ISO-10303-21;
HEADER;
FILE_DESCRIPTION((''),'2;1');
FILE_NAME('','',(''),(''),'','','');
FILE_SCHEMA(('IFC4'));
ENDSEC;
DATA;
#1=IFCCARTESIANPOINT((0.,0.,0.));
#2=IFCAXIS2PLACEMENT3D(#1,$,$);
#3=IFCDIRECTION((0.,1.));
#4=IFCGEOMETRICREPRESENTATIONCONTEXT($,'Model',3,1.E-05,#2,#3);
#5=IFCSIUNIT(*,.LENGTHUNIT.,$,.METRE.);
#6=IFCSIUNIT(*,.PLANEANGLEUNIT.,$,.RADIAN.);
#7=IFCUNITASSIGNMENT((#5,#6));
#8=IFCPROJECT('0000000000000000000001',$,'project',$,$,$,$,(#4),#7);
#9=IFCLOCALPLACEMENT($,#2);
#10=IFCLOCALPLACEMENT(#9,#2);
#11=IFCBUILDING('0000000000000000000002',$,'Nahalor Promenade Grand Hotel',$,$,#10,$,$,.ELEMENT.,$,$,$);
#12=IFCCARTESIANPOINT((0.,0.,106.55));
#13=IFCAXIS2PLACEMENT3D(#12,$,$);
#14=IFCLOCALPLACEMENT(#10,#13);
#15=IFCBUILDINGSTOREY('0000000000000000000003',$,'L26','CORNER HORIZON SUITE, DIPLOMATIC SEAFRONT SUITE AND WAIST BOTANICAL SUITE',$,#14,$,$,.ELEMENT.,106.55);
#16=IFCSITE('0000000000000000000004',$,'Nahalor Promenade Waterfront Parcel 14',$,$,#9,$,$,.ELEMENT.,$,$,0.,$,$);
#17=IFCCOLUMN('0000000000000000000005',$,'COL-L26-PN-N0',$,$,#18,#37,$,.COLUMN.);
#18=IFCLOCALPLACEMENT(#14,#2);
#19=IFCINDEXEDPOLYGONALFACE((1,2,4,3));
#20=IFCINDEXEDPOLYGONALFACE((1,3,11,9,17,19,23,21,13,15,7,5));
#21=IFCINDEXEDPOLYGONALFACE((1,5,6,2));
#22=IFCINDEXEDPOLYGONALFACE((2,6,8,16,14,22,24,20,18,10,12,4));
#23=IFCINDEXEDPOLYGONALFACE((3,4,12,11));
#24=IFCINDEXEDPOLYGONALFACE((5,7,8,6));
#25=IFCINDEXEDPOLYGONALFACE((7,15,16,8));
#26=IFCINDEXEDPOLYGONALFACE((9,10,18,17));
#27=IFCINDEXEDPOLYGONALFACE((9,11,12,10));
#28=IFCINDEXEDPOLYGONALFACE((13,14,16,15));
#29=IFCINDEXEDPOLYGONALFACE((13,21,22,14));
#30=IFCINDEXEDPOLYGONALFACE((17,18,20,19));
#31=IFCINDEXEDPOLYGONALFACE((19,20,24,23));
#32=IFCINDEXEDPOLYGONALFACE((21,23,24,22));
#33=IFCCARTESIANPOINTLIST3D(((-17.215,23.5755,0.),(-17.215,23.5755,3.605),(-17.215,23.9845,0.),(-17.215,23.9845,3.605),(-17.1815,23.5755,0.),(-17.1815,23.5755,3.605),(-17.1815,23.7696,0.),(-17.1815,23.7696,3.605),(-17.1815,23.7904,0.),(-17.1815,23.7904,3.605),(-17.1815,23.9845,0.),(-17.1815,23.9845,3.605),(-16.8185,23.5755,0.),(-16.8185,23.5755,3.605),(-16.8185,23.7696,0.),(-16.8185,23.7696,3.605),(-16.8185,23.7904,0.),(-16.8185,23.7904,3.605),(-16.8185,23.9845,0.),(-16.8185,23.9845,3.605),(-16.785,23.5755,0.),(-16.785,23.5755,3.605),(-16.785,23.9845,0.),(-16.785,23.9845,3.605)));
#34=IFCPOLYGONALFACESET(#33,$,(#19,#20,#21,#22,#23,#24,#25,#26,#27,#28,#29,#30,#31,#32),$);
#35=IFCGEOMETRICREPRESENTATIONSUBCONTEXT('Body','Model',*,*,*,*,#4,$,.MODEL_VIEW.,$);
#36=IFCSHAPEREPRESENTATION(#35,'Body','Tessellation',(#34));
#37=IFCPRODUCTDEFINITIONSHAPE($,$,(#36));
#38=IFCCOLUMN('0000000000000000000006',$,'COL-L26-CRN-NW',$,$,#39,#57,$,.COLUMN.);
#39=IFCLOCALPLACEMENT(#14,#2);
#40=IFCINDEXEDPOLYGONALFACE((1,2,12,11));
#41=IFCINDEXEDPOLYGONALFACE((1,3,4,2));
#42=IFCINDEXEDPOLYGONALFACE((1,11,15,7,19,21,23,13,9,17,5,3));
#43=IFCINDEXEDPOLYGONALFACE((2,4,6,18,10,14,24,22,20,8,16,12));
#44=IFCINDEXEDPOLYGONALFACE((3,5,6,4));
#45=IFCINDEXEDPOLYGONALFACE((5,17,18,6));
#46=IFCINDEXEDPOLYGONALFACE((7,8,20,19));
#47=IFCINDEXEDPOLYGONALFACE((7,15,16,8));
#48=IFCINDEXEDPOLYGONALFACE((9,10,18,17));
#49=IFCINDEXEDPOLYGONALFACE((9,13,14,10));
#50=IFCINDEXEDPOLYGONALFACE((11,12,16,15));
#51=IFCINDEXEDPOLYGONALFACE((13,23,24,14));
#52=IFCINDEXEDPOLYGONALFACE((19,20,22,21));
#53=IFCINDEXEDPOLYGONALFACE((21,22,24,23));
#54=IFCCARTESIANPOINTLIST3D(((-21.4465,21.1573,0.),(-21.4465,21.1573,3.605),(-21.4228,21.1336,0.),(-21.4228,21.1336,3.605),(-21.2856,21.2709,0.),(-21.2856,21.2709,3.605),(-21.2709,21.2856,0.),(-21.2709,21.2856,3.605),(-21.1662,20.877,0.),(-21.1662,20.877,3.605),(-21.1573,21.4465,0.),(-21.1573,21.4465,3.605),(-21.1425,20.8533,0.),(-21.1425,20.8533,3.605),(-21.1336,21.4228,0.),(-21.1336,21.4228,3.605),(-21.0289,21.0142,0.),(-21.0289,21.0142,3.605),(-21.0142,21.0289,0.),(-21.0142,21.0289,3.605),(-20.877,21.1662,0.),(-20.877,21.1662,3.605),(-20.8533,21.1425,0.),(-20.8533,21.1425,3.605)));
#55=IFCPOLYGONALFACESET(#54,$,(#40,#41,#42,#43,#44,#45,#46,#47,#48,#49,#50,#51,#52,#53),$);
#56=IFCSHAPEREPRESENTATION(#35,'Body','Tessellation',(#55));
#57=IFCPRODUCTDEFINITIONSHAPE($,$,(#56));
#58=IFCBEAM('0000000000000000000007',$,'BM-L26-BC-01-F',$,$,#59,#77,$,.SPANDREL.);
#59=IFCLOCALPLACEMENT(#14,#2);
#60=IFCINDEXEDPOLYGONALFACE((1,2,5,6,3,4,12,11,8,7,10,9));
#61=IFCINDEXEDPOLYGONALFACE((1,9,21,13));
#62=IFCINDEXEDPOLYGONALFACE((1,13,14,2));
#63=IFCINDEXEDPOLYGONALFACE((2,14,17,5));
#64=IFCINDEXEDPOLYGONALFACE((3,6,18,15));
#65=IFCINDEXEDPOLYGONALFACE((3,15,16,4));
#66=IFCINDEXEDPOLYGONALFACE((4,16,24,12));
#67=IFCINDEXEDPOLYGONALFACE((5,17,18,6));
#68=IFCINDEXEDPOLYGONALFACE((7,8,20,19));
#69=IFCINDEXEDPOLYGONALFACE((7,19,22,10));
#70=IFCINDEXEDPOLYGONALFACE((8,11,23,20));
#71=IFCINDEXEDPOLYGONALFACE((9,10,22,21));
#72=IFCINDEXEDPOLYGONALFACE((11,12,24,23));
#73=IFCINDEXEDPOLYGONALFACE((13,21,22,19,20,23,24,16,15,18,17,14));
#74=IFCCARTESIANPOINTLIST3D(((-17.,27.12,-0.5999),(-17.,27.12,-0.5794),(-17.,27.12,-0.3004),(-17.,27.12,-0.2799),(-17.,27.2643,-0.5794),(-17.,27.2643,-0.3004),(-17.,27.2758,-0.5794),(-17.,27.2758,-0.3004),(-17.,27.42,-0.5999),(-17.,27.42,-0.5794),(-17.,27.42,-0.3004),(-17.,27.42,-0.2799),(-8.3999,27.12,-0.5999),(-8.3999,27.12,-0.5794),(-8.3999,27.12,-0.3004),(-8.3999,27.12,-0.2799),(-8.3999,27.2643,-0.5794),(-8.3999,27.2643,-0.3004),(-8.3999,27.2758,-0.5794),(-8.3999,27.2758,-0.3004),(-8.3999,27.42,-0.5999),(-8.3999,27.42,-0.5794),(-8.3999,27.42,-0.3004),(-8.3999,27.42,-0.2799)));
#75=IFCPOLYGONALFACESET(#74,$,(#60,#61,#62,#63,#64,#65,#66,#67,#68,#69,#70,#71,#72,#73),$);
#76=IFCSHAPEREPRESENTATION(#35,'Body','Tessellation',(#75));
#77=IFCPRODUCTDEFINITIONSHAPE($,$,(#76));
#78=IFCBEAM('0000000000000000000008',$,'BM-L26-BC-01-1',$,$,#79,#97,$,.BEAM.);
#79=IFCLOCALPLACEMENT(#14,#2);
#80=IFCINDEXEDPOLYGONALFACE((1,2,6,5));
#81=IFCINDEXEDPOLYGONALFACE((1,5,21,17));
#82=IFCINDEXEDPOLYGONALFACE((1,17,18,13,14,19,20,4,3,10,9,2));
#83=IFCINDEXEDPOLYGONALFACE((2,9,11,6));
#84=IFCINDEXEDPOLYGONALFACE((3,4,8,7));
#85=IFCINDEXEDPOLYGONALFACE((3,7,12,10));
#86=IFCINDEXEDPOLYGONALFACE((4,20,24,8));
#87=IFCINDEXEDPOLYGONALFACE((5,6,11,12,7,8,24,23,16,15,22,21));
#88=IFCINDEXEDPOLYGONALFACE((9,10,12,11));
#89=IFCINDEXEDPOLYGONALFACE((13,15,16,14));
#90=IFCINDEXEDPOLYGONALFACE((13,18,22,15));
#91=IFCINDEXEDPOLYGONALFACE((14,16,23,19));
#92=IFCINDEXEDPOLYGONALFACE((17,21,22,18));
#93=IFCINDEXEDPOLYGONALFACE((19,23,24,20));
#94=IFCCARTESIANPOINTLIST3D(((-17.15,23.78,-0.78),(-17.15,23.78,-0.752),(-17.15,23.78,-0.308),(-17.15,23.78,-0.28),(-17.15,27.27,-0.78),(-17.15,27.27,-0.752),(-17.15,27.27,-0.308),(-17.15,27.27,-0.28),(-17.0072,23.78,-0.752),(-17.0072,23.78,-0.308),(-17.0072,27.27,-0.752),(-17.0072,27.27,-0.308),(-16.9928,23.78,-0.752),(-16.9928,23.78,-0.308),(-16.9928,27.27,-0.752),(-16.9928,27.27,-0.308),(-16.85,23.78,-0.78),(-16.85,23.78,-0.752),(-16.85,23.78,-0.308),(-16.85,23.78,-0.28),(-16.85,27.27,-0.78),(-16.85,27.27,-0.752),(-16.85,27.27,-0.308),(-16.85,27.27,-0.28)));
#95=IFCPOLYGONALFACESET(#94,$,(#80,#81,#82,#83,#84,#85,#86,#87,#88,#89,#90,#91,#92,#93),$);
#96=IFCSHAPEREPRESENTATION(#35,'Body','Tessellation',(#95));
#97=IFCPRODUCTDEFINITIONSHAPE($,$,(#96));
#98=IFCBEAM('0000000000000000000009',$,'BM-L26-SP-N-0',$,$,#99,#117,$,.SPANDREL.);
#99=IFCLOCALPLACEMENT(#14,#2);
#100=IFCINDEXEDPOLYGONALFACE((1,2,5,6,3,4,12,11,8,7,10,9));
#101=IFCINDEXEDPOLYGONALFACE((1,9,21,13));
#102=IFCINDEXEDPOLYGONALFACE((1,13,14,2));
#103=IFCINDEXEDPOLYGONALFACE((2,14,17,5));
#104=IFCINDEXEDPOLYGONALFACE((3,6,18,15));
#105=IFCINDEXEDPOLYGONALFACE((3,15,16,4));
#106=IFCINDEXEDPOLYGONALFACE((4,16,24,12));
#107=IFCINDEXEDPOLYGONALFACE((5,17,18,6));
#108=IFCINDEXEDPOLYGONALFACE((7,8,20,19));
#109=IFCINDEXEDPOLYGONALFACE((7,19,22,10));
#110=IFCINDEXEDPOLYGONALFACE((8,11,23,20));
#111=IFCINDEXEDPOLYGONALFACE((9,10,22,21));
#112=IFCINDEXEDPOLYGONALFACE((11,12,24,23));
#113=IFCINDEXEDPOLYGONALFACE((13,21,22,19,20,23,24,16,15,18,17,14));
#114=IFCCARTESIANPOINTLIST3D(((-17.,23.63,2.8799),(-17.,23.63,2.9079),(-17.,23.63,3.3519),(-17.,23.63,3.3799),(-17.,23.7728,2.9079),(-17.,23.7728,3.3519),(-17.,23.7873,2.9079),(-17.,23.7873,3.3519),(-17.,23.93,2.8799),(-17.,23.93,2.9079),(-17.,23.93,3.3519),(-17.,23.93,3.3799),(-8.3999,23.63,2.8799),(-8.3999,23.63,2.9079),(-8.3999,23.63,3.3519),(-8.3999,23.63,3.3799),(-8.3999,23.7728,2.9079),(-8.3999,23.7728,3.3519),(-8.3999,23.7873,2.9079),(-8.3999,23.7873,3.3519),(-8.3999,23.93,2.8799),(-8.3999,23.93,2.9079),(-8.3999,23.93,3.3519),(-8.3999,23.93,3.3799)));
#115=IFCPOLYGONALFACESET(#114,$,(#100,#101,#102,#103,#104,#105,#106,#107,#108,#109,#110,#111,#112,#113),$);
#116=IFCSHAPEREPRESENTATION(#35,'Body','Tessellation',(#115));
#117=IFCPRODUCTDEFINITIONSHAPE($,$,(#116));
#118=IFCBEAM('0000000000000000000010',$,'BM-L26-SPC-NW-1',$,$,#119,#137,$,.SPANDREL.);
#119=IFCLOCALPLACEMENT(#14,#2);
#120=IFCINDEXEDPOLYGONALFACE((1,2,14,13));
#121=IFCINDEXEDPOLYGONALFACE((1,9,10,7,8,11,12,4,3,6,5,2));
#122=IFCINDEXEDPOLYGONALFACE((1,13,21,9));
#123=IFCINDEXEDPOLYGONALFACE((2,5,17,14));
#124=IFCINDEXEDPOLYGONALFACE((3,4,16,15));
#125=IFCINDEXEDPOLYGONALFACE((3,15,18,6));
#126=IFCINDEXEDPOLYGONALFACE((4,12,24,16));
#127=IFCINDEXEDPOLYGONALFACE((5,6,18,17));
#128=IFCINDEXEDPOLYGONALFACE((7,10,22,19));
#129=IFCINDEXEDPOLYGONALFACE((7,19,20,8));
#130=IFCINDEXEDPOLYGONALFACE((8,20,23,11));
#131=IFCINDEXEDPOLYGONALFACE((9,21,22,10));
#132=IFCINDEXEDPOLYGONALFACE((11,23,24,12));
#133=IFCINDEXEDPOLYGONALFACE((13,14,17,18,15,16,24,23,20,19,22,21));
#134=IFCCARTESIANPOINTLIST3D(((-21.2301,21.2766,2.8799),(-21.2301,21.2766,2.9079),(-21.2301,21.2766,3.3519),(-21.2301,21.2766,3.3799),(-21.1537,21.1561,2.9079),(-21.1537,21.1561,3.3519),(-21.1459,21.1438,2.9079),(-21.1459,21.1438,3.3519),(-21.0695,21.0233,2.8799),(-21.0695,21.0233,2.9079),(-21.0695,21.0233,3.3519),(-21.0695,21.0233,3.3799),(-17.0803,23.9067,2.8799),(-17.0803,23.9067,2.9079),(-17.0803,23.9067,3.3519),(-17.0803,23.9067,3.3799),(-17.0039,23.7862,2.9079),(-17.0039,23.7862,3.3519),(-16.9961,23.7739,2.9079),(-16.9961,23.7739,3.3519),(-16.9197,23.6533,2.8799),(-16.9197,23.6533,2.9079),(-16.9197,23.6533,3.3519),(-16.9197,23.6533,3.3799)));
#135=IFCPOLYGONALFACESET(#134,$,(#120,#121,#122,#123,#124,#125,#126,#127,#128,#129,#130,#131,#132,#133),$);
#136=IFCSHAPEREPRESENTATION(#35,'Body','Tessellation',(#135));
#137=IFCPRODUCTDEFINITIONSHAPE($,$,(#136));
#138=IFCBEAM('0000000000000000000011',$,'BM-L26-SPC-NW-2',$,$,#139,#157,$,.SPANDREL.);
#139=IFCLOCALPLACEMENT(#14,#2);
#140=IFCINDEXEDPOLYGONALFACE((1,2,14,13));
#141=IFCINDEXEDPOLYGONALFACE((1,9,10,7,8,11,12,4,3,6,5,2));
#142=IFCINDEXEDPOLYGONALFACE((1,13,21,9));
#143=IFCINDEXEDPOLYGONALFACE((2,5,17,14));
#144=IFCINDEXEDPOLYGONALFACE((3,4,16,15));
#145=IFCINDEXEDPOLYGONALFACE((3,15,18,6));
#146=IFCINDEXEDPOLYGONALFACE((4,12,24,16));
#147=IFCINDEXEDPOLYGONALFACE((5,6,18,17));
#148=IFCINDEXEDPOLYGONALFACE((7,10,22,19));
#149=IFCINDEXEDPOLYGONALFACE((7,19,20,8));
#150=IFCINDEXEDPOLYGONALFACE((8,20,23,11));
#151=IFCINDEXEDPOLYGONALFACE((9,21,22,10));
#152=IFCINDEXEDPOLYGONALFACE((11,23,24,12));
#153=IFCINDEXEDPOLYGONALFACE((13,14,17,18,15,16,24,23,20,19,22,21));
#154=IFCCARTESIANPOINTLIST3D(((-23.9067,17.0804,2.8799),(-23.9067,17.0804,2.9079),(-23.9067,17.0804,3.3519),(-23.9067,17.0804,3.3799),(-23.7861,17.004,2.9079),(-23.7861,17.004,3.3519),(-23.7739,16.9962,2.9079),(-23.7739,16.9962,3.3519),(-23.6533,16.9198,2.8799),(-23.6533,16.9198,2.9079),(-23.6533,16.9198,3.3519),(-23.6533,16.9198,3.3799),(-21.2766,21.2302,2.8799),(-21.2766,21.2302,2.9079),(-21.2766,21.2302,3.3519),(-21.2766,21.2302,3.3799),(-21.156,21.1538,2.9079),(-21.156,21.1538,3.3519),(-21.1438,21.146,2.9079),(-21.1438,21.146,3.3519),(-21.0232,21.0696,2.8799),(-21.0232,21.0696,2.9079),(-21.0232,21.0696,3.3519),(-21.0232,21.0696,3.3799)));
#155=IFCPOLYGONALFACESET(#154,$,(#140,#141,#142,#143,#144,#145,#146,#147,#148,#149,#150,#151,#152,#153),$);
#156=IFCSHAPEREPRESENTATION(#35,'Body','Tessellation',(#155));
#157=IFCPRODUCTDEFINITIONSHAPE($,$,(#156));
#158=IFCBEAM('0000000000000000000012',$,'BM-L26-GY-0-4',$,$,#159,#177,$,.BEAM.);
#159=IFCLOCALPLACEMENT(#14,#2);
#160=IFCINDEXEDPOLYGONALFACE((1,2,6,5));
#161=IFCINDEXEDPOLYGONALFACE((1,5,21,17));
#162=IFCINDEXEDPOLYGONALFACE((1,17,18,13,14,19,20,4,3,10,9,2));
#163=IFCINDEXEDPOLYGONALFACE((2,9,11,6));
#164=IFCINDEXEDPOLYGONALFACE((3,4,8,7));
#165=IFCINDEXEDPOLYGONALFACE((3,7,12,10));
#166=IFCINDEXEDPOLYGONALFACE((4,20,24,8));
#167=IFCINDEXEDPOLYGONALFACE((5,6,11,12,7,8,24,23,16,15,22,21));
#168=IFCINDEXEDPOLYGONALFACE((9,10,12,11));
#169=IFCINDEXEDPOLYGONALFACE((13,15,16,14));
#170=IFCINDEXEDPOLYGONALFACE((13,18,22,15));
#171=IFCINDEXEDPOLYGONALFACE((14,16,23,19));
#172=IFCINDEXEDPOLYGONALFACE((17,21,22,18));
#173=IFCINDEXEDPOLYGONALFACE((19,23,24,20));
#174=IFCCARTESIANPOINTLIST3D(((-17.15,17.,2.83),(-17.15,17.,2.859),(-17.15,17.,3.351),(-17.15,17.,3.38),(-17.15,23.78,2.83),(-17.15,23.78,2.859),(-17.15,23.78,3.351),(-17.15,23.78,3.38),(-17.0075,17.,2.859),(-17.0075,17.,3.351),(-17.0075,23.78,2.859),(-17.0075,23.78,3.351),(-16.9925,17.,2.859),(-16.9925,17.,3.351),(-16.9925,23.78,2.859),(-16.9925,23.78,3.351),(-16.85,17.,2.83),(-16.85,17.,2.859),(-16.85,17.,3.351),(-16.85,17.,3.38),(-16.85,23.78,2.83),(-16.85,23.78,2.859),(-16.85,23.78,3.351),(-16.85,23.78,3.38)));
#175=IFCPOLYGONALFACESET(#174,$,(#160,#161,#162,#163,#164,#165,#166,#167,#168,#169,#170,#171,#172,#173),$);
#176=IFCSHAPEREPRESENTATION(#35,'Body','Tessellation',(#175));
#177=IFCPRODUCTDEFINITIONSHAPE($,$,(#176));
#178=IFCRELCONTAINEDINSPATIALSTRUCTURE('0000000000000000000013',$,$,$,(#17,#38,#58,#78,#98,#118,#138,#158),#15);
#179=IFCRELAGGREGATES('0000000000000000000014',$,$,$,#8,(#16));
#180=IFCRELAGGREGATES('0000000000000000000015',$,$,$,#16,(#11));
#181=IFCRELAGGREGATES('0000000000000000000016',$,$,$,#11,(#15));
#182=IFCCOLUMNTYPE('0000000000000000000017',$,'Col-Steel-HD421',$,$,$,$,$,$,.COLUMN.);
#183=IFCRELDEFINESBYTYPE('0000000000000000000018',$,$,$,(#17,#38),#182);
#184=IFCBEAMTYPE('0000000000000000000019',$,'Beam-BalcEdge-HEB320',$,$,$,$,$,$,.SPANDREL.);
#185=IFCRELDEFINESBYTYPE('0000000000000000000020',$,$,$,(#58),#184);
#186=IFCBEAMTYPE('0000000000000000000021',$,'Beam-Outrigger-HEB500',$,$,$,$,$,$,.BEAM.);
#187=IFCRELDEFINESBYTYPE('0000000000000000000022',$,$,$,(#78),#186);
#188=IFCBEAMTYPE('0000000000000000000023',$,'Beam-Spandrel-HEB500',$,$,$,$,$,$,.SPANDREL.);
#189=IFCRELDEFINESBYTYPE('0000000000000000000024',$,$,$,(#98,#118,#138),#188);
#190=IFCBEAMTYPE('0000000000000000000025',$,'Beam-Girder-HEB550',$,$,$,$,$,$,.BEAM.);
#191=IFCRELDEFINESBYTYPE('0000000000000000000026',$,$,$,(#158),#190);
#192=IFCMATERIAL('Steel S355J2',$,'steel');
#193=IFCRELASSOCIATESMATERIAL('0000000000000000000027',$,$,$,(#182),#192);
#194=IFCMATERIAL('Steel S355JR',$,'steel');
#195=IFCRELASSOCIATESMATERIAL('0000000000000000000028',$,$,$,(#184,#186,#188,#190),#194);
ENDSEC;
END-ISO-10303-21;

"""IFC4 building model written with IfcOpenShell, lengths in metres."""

from ifc_helpers import new_model, si_unit, direction, frame, origin, origin_2d, place, context, subcontext, project, spatial, i_section, extrude, source, transform, mapped, material, material_profile, profile_set, type_object, element, save


model = new_model("IFC4")

# Units and contexts
model_context = context("Model", 3, precision=1e-05, world=origin(), true_north=direction((0.0, 1.0)))
body_context = subcontext(model_context, "Body", "Model", "MODEL_VIEW")
ifc_project = project(units=[si_unit("LENGTHUNIT", "METRE"), si_unit("PLANEANGLEUNIT", "RADIAN")], contexts=[model_context])

# Site, building, storey
site_placement = place(None, origin())
site = spatial("IfcSite", under=ifc_project, at=site_placement, Name="Nahalor Promenade Waterfront Parcel 14", CompositionType="ELEMENT", RefElevation=0.0)
building_placement = place(site_placement, origin())
building = spatial("IfcBuilding", under=site, at=building_placement, Name="Nahalor Promenade Grand Hotel", CompositionType="ELEMENT")
storey_placement = place(building_placement, frame((0.0, 0.0, 106.55)))
storey = spatial("IfcBuildingStorey", under=building, at=storey_placement, Name="L26", Description="CORNER HORIZON SUITE, DIPLOMATIC SEAFRONT SUITE AND WAIST BOTANICAL SUITE", CompositionType="ELEMENT", Elevation=106.55)

# Columns
ifc_material_1 = material(Name="Steel S355J2", Category="steel")
ifc_material_profile_1 = material_profile(ifc_material_1, i_section(OverallWidth=0.409, OverallDepth=0.43, WebThickness=0.0208, FlangeThickness=0.0335, at=origin_2d()), Name="HD 400x421")
ifc_profile_set_1 = profile_set([ifc_material_profile_1], Name="Steel S355J2")
column_type = type_object("IfcColumnType", Name="Col-Steel-HD421", PredefinedType="COLUMN", material=ifc_profile_set_1)
shared_shape_1 = source(origin(), body_context, "Body", "SweptSolid", [
    extrude(i_section(OverallWidth=0.409, OverallDepth=0.43, WebThickness=0.0208, FlangeThickness=0.0335, at=origin_2d()), origin(), (0.0, 0.0, 1.0), 3.605),
])
for number, where, z_axis, x_axis, name in (
    (1, (-17.0, 23.78, 0.0), (0.0, 0.0, 1.0), (0.0, 1.0, 0.0), "COL-L26-PN-N0"),
    (2, (-21.1499, 21.1499, 0.0), (0.0, 0.0, 1.0), (0.707107, 0.707107, 0.0), "COL-L26-CRN-NW"),
):
    element("IfcColumn", number, at=place(storey_placement, frame(where, z_axis=z_axis, x_axis=x_axis)), inside=storey, type_object=column_type, Name=name, PredefinedType="COLUMN", context=body_context, shape_type="MappedRepresentation", body=[
        mapped(shared_shape_1, transform((0.0, 0.0, 0.0), scale=1.0)),
    ])

# Beams
ifc_material_2 = material(Name="Steel S355JR", Category="steel")
ifc_material_profile_2 = material_profile(ifc_material_2, i_section(OverallWidth=0.3, OverallDepth=0.32, WebThickness=0.0115, FlangeThickness=0.0205, at=origin_2d()), Name="HEB 320")
ifc_profile_set_2 = profile_set([ifc_material_profile_2], Name="Steel S355JR")
beam_type_1 = type_object("IfcBeamType", Name="Beam-BalcEdge-HEB320", PredefinedType="SPANDREL", material=ifc_profile_set_2)
shared_shape_2 = source(origin(), body_context, "Body", "SweptSolid", [
    extrude(i_section(OverallWidth=0.3, OverallDepth=0.32, WebThickness=0.0115, FlangeThickness=0.0205, at=origin_2d()), origin(), (0.0, 0.0, 1.0), 8.6001),
])
beam_1_placement = place(storey_placement, frame((-17.0, 27.27, -0.4399), z_axis=(1.0, 0.0, 0.0), x_axis=(0.0, 1.0, 0.0)))
element("IfcBeam", 3, at=beam_1_placement, inside=storey, type_object=beam_type_1, Name="BM-L26-BC-01-F", PredefinedType="SPANDREL", context=body_context, shape_type="MappedRepresentation", body=[
    mapped(shared_shape_2, transform((0.0, 0.0, 0.0), scale=1.0)),
])
ifc_material_profile_3 = material_profile(ifc_material_2, i_section(OverallWidth=0.3, OverallDepth=0.5, WebThickness=0.0145, FlangeThickness=0.028, at=origin_2d()), Name="HEB 500")
ifc_profile_set_3 = profile_set([ifc_material_profile_3], Name="Steel S355JR")
beam_type_2 = type_object("IfcBeamType", Name="Beam-Outrigger-HEB500", PredefinedType="BEAM", material=ifc_profile_set_3)
shared_shape_3 = source(origin(), body_context, "Body", "SweptSolid", [
    extrude(i_section(OverallWidth=0.3, OverallDepth=0.5, WebThickness=0.0145, FlangeThickness=0.028, at=origin_2d()), origin(), (0.0, 0.0, 1.0), 3.49),
])
beam_2_placement = place(storey_placement, frame((-17.0, 23.78, -0.53), z_axis=(0.0, 1.0, 0.0), x_axis=(-1.0, 0.0, 0.0)))
element("IfcBeam", 4, at=beam_2_placement, inside=storey, type_object=beam_type_2, Name="BM-L26-BC-01-1", PredefinedType="BEAM", context=body_context, shape_type="MappedRepresentation", body=[
    mapped(shared_shape_3, transform((0.0, 0.0, 0.0), scale=1.0)),
])
ifc_material_profile_4 = material_profile(ifc_material_2, i_section(OverallWidth=0.3, OverallDepth=0.5, WebThickness=0.0145, FlangeThickness=0.028, at=origin_2d()), Name="HEB 500")
ifc_profile_set_4 = profile_set([ifc_material_profile_4], Name="Steel S355JR")
beam_type_3 = type_object("IfcBeamType", Name="Beam-Spandrel-HEB500", PredefinedType="SPANDREL", material=ifc_profile_set_4)
shared_shape_4 = source(origin(), body_context, "Body", "SweptSolid", [
    extrude(i_section(OverallWidth=0.3, OverallDepth=0.5, WebThickness=0.0145, FlangeThickness=0.028, at=origin_2d()), origin(), (0.0, 0.0, 1.0), 8.6001),
])
beam_3_placement = place(storey_placement, frame((-17.0, 23.78, 3.1299), z_axis=(1.0, 0.0, 0.0), x_axis=(0.0, 1.0, 0.0)))
element("IfcBeam", 5, at=beam_3_placement, inside=storey, type_object=beam_type_3, Name="BM-L26-SP-N-0", PredefinedType="SPANDREL", context=body_context, shape_type="MappedRepresentation", body=[
    mapped(shared_shape_4, transform((0.0, 0.0, 0.0), scale=1.0)),
])
shared_shape_5 = source(origin(), body_context, "Body", "SweptSolid", [
    extrude(i_section(OverallWidth=0.3, OverallDepth=0.5, WebThickness=0.0145, FlangeThickness=0.028, at=origin_2d()), origin(), (0.0, 0.0, 1.0), 4.9131),
])
for number, where, z_axis, x_axis, name in (
    (6, (-17.0, 23.78, 3.1299), (-0.844648, -0.535322, 0.0), (0.535322, -0.844648, 0.0), "BM-L26-SPC-NW-1"),
    (7, (-21.1499, 21.1499, 3.1299), (-0.535322, -0.844648, 0.0), (0.844648, -0.535322, 0.0), "BM-L26-SPC-NW-2"),
):
    element("IfcBeam", number, at=place(storey_placement, frame(where, z_axis=z_axis, x_axis=x_axis)), inside=storey, type_object=beam_type_3, Name=name, PredefinedType="SPANDREL", context=body_context, shape_type="MappedRepresentation", body=[
        mapped(shared_shape_5, transform((0.0, 0.0, 0.0), scale=1.0)),
    ])
ifc_material_profile_5 = material_profile(ifc_material_2, i_section(OverallWidth=0.3, OverallDepth=0.55, WebThickness=0.015, FlangeThickness=0.029, at=origin_2d()), Name="HEB 550")
ifc_profile_set_5 = profile_set([ifc_material_profile_5], Name="Steel S355JR")
beam_type_4 = type_object("IfcBeamType", Name="Beam-Girder-HEB550", PredefinedType="BEAM", material=ifc_profile_set_5)
shared_shape_6 = source(origin(), body_context, "Body", "SweptSolid", [
    extrude(i_section(OverallWidth=0.3, OverallDepth=0.55, WebThickness=0.015, FlangeThickness=0.029, at=origin_2d()), origin(), (0.0, 0.0, 1.0), 6.78),
])
beam_4_placement = place(storey_placement, frame((-17.0, 17.0, 3.105), z_axis=(0.0, 1.0, 0.0), x_axis=(-1.0, 0.0, 0.0)))
element("IfcBeam", 8, at=beam_4_placement, inside=storey, type_object=beam_type_4, Name="BM-L26-GY-0-4", PredefinedType="BEAM", context=body_context, shape_type="MappedRepresentation", body=[
    mapped(shared_shape_6, transform((0.0, 0.0, 0.0), scale=1.0)),
])

save(model, "model.ifc")
